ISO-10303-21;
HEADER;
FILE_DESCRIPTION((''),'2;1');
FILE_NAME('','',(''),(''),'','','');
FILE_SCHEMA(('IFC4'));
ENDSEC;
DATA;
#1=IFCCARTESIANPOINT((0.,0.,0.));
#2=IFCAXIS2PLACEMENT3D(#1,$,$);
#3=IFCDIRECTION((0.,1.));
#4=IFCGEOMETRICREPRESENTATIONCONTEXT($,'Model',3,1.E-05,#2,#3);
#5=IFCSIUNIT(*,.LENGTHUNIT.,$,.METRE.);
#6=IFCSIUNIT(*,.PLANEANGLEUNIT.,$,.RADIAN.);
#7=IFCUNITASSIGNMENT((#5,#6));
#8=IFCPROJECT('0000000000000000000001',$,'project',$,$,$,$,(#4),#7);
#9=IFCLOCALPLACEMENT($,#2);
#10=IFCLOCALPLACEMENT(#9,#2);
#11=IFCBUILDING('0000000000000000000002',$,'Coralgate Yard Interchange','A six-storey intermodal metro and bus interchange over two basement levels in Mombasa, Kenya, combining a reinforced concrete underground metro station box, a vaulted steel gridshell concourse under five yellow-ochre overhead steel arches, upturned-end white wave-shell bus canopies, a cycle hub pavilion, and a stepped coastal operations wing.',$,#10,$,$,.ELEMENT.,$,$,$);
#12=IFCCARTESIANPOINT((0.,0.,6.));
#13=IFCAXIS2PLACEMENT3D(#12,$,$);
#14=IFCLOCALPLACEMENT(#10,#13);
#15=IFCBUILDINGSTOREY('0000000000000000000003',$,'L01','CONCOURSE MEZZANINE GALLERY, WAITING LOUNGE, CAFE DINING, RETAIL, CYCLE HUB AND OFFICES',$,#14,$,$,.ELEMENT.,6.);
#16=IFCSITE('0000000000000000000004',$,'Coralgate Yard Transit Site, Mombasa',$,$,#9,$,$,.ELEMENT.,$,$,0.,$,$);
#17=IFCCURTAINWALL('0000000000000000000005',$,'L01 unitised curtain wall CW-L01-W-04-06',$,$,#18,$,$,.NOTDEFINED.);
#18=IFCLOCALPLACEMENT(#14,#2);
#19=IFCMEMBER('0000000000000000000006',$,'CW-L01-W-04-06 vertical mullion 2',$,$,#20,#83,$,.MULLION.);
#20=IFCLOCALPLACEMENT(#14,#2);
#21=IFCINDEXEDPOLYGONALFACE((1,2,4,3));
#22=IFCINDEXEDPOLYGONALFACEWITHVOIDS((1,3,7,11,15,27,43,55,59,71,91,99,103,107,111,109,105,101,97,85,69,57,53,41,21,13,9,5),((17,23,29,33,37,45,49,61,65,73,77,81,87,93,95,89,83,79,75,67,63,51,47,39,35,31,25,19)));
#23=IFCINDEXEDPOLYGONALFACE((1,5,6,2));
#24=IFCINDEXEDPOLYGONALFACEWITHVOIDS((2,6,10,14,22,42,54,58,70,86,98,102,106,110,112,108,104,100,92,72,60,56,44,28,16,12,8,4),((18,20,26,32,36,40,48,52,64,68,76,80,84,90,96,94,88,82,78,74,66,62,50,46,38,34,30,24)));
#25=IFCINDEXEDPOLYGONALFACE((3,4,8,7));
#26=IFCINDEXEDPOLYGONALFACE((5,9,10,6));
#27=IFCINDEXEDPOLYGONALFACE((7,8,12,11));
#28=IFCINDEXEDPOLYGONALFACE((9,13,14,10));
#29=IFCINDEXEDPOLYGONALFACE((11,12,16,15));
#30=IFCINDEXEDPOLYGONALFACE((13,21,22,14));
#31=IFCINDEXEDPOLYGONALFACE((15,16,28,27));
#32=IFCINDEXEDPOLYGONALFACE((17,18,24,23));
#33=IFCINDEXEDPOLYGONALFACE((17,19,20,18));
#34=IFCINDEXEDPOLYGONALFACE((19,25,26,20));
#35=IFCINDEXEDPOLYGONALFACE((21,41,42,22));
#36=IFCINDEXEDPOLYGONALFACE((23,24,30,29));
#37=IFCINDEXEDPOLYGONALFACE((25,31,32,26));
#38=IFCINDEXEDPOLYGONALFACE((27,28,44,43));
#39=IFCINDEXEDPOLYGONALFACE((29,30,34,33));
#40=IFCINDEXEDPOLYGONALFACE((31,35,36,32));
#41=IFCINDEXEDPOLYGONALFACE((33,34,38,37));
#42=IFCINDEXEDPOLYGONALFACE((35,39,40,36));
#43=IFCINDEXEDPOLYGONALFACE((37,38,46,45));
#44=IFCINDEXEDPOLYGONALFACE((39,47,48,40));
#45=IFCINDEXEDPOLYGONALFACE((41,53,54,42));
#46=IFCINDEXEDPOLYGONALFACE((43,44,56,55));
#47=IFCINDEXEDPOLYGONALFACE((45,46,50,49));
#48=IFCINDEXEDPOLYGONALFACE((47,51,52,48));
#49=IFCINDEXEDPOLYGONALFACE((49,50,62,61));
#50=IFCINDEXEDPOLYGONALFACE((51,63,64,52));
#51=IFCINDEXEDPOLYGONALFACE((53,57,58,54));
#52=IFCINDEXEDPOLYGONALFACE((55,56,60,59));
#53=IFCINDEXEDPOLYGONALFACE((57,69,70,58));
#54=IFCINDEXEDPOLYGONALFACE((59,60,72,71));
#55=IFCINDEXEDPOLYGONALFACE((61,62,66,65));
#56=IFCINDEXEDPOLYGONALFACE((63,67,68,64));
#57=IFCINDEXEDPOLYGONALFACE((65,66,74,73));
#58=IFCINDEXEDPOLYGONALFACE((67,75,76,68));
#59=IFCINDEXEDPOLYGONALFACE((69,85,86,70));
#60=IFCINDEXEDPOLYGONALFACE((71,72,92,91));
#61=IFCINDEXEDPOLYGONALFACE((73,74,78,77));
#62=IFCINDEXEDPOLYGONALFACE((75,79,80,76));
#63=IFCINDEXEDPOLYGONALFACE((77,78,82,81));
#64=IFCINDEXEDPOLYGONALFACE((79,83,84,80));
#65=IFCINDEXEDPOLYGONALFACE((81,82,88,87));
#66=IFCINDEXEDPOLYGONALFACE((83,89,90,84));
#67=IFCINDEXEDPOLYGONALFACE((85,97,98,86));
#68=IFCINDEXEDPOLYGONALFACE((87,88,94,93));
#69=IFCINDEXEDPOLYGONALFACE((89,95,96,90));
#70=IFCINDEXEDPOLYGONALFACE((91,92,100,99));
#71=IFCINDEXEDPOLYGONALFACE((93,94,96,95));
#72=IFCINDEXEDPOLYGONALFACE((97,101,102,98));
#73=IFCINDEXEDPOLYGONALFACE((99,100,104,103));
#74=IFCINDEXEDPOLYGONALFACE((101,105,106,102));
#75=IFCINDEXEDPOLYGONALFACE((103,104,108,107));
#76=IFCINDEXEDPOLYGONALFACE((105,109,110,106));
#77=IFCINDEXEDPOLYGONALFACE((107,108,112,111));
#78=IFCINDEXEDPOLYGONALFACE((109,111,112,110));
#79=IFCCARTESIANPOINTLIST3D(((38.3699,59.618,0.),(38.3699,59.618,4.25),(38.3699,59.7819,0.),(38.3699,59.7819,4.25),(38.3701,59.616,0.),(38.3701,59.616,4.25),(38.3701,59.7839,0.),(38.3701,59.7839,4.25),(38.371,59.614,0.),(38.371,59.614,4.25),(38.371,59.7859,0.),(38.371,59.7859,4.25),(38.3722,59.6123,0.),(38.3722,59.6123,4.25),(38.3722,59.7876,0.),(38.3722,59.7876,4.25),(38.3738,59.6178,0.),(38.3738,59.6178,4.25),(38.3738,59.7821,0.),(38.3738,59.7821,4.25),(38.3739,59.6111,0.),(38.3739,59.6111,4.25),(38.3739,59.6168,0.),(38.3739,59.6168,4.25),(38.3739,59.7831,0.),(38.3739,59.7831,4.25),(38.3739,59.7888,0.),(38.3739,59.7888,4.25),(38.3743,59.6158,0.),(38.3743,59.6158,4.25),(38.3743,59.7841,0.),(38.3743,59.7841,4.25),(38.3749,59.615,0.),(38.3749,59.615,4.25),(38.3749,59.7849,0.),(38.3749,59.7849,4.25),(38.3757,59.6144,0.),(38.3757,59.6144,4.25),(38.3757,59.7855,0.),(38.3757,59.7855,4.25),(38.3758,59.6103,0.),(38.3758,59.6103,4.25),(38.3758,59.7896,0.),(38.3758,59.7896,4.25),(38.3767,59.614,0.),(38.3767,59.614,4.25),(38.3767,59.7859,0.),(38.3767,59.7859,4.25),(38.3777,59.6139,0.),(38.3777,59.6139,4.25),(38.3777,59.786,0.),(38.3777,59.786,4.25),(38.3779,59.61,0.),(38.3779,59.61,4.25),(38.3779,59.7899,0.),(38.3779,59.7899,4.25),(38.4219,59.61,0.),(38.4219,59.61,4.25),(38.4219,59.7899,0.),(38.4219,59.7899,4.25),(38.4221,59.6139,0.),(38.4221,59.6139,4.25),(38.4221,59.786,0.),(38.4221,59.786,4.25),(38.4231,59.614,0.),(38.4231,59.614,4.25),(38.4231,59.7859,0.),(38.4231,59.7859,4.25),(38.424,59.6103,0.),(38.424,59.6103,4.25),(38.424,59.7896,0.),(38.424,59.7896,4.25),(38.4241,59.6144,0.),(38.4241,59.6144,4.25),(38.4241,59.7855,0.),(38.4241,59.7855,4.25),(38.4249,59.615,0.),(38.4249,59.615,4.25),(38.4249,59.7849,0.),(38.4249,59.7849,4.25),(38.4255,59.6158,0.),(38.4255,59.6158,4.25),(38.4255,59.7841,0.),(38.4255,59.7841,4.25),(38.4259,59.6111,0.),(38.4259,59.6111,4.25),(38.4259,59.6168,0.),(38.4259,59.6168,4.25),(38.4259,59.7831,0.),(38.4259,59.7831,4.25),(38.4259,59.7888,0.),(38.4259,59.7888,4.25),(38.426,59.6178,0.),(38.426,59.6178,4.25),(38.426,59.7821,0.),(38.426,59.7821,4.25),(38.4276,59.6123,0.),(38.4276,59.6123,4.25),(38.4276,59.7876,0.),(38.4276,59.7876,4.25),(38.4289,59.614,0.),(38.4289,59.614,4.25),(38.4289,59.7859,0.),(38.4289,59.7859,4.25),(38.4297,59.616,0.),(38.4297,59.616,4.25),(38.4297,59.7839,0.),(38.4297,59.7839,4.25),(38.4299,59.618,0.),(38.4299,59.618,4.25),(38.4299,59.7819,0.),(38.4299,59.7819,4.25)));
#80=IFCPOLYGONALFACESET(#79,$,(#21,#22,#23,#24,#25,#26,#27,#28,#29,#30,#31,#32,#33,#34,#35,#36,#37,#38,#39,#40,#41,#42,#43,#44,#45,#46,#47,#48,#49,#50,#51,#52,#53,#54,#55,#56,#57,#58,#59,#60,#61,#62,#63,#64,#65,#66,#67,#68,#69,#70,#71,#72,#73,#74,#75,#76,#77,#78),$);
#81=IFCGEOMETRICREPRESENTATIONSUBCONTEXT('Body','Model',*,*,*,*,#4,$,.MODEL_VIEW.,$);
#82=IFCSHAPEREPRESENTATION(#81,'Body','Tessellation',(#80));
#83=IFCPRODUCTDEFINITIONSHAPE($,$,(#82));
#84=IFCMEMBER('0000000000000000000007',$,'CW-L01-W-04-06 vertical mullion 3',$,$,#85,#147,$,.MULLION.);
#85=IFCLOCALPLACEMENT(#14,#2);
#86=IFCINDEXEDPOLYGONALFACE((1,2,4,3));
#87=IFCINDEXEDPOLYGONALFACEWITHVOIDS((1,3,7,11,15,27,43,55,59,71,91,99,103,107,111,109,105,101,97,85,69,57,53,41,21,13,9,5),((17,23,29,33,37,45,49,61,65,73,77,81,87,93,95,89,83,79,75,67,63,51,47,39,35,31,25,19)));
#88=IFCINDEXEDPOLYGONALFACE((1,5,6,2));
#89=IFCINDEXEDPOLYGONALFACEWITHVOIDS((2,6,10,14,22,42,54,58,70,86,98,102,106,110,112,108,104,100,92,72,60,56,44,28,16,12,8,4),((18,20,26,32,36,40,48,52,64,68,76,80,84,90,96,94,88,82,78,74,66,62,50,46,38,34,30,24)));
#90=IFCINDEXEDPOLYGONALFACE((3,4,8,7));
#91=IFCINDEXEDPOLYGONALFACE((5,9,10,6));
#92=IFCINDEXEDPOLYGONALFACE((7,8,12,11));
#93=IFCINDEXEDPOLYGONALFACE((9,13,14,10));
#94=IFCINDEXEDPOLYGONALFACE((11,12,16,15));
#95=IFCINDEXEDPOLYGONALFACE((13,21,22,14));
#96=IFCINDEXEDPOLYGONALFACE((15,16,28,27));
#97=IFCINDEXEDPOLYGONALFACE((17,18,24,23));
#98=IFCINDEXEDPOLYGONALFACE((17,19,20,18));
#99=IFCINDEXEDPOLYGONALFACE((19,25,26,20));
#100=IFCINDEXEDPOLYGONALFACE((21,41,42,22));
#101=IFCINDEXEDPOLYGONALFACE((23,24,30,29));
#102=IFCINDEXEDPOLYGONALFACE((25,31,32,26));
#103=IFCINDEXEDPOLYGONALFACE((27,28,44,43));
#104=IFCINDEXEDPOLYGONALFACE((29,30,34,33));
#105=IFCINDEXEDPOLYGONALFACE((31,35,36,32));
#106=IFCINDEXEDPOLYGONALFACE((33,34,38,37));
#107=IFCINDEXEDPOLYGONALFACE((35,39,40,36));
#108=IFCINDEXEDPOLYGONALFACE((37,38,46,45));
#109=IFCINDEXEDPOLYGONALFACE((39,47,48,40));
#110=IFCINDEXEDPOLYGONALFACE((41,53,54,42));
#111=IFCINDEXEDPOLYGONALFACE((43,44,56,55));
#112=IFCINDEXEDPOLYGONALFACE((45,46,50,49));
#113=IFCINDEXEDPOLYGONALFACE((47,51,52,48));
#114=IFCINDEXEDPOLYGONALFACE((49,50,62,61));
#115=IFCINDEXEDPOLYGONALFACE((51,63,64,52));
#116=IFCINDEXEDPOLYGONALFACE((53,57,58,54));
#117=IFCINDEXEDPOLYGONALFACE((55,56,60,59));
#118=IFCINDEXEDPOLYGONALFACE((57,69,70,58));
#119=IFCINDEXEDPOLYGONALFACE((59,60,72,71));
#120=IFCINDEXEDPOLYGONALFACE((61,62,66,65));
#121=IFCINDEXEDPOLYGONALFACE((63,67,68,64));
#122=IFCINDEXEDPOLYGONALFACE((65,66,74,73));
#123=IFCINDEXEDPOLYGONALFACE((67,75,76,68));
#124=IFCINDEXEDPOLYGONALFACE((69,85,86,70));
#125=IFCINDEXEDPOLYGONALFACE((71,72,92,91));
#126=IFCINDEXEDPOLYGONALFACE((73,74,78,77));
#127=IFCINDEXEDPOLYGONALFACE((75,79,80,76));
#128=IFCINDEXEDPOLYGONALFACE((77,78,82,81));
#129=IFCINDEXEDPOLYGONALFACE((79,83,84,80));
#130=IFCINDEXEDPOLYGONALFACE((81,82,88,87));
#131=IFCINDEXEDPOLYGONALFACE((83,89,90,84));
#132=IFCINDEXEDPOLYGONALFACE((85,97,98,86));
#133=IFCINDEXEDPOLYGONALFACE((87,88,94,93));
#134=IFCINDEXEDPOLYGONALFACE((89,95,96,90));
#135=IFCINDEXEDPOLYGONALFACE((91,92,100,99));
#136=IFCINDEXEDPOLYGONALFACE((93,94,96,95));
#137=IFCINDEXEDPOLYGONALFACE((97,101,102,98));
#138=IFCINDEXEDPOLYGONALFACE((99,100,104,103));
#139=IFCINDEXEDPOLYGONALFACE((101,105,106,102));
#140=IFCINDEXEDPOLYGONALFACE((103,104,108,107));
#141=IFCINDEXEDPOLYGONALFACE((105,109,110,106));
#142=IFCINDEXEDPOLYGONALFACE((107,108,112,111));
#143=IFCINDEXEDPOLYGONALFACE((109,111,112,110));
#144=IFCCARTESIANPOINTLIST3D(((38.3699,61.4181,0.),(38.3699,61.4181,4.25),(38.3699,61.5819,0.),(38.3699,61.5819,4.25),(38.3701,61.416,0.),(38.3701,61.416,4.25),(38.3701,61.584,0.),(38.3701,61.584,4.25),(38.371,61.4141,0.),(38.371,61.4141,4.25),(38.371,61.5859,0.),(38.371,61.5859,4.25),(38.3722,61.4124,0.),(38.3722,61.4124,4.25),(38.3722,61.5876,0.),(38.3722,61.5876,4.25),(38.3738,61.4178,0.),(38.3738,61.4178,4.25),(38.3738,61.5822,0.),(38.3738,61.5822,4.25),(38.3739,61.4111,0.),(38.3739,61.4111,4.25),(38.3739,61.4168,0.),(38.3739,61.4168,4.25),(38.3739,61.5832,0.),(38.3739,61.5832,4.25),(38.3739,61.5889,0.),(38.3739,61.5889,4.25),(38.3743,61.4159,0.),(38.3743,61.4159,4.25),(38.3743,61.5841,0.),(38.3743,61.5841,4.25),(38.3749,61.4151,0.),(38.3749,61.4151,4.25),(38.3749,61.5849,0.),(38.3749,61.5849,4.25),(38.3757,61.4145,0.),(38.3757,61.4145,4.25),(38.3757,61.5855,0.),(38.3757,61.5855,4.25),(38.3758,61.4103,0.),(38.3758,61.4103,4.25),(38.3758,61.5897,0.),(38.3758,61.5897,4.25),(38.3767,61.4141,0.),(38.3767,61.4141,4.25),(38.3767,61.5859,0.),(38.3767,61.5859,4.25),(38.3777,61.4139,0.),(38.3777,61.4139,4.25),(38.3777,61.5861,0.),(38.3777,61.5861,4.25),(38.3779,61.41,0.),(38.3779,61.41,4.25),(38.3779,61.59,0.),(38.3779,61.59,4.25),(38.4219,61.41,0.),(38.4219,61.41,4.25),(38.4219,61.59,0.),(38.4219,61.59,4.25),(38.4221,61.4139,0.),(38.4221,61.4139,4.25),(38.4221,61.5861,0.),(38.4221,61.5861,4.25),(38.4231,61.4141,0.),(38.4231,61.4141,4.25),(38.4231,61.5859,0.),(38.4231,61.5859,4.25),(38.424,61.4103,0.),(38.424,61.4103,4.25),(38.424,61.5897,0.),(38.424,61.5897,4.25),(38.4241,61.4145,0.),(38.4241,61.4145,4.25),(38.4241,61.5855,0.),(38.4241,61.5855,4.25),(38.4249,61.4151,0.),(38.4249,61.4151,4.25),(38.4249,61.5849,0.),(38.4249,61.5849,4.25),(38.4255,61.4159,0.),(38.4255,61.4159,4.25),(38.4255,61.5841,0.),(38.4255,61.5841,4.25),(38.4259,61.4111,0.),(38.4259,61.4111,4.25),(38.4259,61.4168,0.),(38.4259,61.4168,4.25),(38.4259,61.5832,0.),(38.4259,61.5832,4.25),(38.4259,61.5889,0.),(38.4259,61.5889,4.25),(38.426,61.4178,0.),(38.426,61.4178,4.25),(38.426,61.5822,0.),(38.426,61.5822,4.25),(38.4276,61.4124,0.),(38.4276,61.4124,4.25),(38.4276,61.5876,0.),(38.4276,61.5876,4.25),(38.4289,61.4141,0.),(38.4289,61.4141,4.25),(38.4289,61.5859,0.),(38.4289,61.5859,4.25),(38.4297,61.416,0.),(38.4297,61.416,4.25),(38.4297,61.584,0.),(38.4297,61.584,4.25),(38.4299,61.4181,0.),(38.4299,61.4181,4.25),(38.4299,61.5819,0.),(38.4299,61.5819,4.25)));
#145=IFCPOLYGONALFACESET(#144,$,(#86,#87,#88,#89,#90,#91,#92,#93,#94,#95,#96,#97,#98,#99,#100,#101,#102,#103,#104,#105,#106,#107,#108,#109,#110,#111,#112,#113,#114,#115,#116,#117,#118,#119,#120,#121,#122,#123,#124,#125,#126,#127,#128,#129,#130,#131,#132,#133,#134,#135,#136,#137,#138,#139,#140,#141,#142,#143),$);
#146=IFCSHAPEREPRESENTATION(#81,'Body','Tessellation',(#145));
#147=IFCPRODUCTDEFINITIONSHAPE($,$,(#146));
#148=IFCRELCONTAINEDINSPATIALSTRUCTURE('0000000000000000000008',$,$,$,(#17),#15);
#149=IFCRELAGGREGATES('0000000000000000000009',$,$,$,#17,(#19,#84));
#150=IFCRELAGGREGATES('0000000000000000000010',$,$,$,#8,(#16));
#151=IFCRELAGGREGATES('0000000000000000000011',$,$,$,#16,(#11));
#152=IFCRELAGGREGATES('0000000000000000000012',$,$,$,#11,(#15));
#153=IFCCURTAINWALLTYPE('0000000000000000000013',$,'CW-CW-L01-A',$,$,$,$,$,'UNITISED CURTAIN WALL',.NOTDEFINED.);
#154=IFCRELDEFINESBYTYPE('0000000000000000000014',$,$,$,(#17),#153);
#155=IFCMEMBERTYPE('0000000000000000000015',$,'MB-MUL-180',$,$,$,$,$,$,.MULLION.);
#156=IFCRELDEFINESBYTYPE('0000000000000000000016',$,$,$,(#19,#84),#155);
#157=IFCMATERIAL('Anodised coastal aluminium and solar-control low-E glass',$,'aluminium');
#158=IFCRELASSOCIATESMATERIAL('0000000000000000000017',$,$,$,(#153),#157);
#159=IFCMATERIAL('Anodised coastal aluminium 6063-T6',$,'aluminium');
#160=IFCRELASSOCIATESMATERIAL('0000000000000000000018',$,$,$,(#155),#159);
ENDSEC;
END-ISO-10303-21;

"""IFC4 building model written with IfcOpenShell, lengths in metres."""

from ifc_helpers import new_model, si_unit, direction, frame, origin, origin_2d, place, context, subcontext, project, spatial, hollow_rectangle, extrude, material, material_profile, profile_set, type_object, element, aggregate, save


model = new_model("IFC4")

# Units and contexts
model_context = context("Model", 3, precision=1e-05, world=origin(), true_north=direction((0.0, 1.0)))
body_context = subcontext(model_context, "Body", "Model", "MODEL_VIEW")
ifc_project = project(units=[si_unit("LENGTHUNIT", "METRE"), si_unit("PLANEANGLEUNIT", "RADIAN")], contexts=[model_context])

# Site, building, storey
site_placement = place(None, origin())
site = spatial("IfcSite", under=ifc_project, at=site_placement, Name="Coralgate Yard Transit Site, Mombasa", CompositionType="ELEMENT", RefElevation=0.0)
building_placement = place(site_placement, origin())
building = spatial("IfcBuilding", under=site, at=building_placement, Name="Coralgate Yard Interchange", Description="A six-storey intermodal metro and bus interchange over two basement levels in Mombasa, Kenya, combining a reinforced concrete underground metro station box, a vaulted steel gridshell concourse under five yellow-ochre overhead steel arches, upturned-end white wave-shell bus canopies, a cycle hub pavilion, and a stepped coastal operations wing.", CompositionType="ELEMENT")
storey_placement = place(building_placement, frame((0.0, 0.0, 6.0)))
storey = spatial("IfcBuildingStorey", under=building, at=storey_placement, Name="L01", Description="CONCOURSE MEZZANINE GALLERY, WAITING LOUNGE, CAFE DINING, RETAIL, CYCLE HUB AND OFFICES", CompositionType="ELEMENT", Elevation=6.0)

# Curtain wall, members
ifc_material_1 = material(Name="Anodised coastal aluminium and solar-control low-E glass", Category="aluminium")
curtain_wall_type = type_object("IfcCurtainWallType", Name="CW-CW-L01-A", ElementType="UNITISED CURTAIN WALL", PredefinedType="NOTDEFINED", material=ifc_material_1)
curtain_wall_placement = place(storey_placement, origin())
curtain_wall = element("IfcCurtainWall", 1, at=curtain_wall_placement, inside=storey, type_object=curtain_wall_type, Name="L01 unitised curtain wall CW-L01-W-04-06", PredefinedType="NOTDEFINED")
ifc_material_2 = material(Name="Anodised coastal aluminium 6063-T6", Category="aluminium")
ifc_material_profile_1 = material_profile(ifc_material_2, hollow_rectangle(XDim=0.0601, YDim=0.1799, WallThickness=0.0039, InnerFilletRadius=0.0039, OuterFilletRadius=0.0081, at=origin_2d()), Name="ALU 60x180x4")
ifc_profile_set_1 = profile_set([ifc_material_profile_1], Name="Anodised coastal aluminium 6063-T6")
member_type_1 = type_object("IfcMemberType", Name="MB-MUL-180", PredefinedType="MULLION", material=ifc_profile_set_1)
member_1_placement = place(storey_placement, frame((38.3999, 59.7, 0.0), z_axis=(0.0, 0.0, 1.0), x_axis=(1.0, 0.0, 0.0)))
member_1 = element("IfcMember", 2, at=member_1_placement, type_object=member_type_1, Name="CW-L01-W-04-06 vertical mullion 2", PredefinedType="MULLION", context=body_context, shape_type="SweptSolid", body=[
    extrude(hollow_rectangle(XDim=0.0601, YDim=0.1799, WallThickness=0.0039, InnerFilletRadius=0.0039, OuterFilletRadius=0.0081, at=origin_2d()), origin(), (0.0, 0.0, 1.0), 4.25),
])
member_2_placement = place(storey_placement, frame((38.3999, 61.5, 0.0), z_axis=(0.0, 0.0, 1.0), x_axis=(1.0, 0.0, 0.0)))
member_2 = element("IfcMember", 3, at=member_2_placement, type_object=member_type_1, Name="CW-L01-W-04-06 vertical mullion 3", PredefinedType="MULLION", context=body_context, shape_type="SweptSolid", body=[
    extrude(hollow_rectangle(XDim=0.0601, YDim=0.1799, WallThickness=0.0039, InnerFilletRadius=0.0039, OuterFilletRadius=0.0081, at=origin_2d()), origin(), (0.0, 0.0, 1.0), 4.25),
])
aggregate(curtain_wall, [member_1, member_2])

save(model, "model.ifc")
